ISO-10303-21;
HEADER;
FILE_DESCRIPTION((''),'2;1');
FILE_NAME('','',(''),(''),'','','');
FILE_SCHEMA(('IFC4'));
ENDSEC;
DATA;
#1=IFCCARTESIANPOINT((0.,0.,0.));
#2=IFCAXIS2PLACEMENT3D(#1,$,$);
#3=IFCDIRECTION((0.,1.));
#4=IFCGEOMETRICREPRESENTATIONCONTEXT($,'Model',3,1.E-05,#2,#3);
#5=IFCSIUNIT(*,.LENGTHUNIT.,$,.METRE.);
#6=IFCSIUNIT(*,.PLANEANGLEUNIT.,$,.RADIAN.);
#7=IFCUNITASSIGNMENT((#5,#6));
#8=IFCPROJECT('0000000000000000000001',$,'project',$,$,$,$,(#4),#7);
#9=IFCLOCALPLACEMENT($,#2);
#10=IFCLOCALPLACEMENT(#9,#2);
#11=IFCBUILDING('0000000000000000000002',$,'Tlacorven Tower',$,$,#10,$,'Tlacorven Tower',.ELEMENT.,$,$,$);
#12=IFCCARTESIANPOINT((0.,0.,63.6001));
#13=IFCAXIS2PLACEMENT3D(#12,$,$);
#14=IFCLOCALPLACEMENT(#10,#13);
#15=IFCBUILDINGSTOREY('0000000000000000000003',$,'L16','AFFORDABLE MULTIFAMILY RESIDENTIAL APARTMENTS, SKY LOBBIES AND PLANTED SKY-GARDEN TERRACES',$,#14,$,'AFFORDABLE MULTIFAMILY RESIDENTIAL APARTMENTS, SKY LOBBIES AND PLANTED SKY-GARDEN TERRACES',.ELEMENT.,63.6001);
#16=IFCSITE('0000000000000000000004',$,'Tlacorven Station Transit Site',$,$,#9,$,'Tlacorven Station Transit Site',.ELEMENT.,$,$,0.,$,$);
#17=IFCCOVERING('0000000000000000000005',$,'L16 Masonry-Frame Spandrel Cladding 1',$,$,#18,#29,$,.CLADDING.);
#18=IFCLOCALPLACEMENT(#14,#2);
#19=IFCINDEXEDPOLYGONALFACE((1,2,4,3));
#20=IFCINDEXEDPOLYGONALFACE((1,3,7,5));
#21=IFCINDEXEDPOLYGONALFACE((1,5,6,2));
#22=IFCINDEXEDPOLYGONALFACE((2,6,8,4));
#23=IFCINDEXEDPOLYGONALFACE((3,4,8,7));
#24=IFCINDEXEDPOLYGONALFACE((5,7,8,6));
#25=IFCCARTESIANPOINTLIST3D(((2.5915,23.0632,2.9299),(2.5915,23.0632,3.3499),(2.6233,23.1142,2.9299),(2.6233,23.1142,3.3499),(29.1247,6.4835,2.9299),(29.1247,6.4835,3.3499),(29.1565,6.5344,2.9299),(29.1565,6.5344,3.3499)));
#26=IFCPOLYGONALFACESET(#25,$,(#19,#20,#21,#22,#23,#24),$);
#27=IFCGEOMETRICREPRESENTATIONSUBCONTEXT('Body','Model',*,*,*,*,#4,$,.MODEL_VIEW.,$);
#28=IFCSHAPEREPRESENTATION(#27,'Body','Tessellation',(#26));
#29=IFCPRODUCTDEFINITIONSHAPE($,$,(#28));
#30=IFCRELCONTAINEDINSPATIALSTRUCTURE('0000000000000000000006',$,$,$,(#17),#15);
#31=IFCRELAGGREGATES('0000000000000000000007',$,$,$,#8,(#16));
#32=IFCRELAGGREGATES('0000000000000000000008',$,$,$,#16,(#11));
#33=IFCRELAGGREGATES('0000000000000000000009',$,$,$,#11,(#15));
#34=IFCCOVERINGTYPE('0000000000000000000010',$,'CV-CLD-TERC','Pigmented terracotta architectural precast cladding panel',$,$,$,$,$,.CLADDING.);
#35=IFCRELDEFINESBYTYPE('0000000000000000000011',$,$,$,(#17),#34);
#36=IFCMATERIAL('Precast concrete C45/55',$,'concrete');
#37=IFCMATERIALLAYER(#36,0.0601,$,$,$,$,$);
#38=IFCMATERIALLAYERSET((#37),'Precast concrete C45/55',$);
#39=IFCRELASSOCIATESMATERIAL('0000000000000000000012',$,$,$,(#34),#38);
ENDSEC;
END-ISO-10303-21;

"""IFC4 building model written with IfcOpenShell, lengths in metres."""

from ifc_helpers import new_model, si_unit, direction, frame, origin, origin_2d, place, context, subcontext, project, spatial, rectangle, extrude, source, transform, mapped, material, layer, layer_set, type_object, element, save


model = new_model("IFC4")

# Units and contexts
model_context = context("Model", 3, precision=1e-05, world=origin(), true_north=direction((0.0, 1.0)))
body_context = subcontext(model_context, "Body", "Model", "MODEL_VIEW")
ifc_project = project(units=[si_unit("LENGTHUNIT", "METRE"), si_unit("PLANEANGLEUNIT", "RADIAN")], contexts=[model_context])

# Site, building, storey
site_placement = place(None, origin())
site = spatial("IfcSite", under=ifc_project, at=site_placement, Name="Tlacorven Station Transit Site", LongName="Tlacorven Station Transit Site", CompositionType="ELEMENT", RefElevation=0.0)
building_placement = place(site_placement, origin())
building = spatial("IfcBuilding", under=site, at=building_placement, Name="Tlacorven Tower", LongName="Tlacorven Tower", CompositionType="ELEMENT")
storey_placement = place(building_placement, frame((0.0, 0.0, 63.6001)))
storey = spatial("IfcBuildingStorey", under=building, at=storey_placement, Name="L16", Description="AFFORDABLE MULTIFAMILY RESIDENTIAL APARTMENTS, SKY LOBBIES AND PLANTED SKY-GARDEN TERRACES", LongName="AFFORDABLE MULTIFAMILY RESIDENTIAL APARTMENTS, SKY LOBBIES AND PLANTED SKY-GARDEN TERRACES", CompositionType="ELEMENT", Elevation=63.6001)

# Shared definitions
ifc_material_1 = material(Name="Precast concrete C45/55", Category="concrete")

# Covering
ifc_layer_1 = layer(ifc_material_1, 0.0601)
ifc_layer_set_1 = layer_set([ifc_layer_1], Name="Precast concrete C45/55")
covering_type = type_object("IfcCoveringType", Name="CV-CLD-TERC", Description="Pigmented terracotta architectural precast cladding panel", PredefinedType="CLADDING", material=ifc_layer_set_1)
shared_shape_1 = source(origin(), body_context, "Body", "SweptSolid", [
    extrude(rectangle(XDim=31.2874, YDim=0.0601, at=origin_2d()), origin(), (0.0, 0.0, 1.0), 0.4199),
])
covering_placement = place(storey_placement, frame((15.874, 14.7988, 2.9299), z_axis=(0.0, 0.0, 1.0), x_axis=(-0.848048, 0.529919, 0.0)))
element("IfcCovering", 1, at=covering_placement, inside=storey, type_object=covering_type, Name="L16 Masonry-Frame Spandrel Cladding 1", PredefinedType="CLADDING", context=body_context, shape_type="MappedRepresentation", body=[
    mapped(shared_shape_1, transform((0.0, 0.0, 0.0), scale=1.0)),
])

save(model, "model.ifc")
